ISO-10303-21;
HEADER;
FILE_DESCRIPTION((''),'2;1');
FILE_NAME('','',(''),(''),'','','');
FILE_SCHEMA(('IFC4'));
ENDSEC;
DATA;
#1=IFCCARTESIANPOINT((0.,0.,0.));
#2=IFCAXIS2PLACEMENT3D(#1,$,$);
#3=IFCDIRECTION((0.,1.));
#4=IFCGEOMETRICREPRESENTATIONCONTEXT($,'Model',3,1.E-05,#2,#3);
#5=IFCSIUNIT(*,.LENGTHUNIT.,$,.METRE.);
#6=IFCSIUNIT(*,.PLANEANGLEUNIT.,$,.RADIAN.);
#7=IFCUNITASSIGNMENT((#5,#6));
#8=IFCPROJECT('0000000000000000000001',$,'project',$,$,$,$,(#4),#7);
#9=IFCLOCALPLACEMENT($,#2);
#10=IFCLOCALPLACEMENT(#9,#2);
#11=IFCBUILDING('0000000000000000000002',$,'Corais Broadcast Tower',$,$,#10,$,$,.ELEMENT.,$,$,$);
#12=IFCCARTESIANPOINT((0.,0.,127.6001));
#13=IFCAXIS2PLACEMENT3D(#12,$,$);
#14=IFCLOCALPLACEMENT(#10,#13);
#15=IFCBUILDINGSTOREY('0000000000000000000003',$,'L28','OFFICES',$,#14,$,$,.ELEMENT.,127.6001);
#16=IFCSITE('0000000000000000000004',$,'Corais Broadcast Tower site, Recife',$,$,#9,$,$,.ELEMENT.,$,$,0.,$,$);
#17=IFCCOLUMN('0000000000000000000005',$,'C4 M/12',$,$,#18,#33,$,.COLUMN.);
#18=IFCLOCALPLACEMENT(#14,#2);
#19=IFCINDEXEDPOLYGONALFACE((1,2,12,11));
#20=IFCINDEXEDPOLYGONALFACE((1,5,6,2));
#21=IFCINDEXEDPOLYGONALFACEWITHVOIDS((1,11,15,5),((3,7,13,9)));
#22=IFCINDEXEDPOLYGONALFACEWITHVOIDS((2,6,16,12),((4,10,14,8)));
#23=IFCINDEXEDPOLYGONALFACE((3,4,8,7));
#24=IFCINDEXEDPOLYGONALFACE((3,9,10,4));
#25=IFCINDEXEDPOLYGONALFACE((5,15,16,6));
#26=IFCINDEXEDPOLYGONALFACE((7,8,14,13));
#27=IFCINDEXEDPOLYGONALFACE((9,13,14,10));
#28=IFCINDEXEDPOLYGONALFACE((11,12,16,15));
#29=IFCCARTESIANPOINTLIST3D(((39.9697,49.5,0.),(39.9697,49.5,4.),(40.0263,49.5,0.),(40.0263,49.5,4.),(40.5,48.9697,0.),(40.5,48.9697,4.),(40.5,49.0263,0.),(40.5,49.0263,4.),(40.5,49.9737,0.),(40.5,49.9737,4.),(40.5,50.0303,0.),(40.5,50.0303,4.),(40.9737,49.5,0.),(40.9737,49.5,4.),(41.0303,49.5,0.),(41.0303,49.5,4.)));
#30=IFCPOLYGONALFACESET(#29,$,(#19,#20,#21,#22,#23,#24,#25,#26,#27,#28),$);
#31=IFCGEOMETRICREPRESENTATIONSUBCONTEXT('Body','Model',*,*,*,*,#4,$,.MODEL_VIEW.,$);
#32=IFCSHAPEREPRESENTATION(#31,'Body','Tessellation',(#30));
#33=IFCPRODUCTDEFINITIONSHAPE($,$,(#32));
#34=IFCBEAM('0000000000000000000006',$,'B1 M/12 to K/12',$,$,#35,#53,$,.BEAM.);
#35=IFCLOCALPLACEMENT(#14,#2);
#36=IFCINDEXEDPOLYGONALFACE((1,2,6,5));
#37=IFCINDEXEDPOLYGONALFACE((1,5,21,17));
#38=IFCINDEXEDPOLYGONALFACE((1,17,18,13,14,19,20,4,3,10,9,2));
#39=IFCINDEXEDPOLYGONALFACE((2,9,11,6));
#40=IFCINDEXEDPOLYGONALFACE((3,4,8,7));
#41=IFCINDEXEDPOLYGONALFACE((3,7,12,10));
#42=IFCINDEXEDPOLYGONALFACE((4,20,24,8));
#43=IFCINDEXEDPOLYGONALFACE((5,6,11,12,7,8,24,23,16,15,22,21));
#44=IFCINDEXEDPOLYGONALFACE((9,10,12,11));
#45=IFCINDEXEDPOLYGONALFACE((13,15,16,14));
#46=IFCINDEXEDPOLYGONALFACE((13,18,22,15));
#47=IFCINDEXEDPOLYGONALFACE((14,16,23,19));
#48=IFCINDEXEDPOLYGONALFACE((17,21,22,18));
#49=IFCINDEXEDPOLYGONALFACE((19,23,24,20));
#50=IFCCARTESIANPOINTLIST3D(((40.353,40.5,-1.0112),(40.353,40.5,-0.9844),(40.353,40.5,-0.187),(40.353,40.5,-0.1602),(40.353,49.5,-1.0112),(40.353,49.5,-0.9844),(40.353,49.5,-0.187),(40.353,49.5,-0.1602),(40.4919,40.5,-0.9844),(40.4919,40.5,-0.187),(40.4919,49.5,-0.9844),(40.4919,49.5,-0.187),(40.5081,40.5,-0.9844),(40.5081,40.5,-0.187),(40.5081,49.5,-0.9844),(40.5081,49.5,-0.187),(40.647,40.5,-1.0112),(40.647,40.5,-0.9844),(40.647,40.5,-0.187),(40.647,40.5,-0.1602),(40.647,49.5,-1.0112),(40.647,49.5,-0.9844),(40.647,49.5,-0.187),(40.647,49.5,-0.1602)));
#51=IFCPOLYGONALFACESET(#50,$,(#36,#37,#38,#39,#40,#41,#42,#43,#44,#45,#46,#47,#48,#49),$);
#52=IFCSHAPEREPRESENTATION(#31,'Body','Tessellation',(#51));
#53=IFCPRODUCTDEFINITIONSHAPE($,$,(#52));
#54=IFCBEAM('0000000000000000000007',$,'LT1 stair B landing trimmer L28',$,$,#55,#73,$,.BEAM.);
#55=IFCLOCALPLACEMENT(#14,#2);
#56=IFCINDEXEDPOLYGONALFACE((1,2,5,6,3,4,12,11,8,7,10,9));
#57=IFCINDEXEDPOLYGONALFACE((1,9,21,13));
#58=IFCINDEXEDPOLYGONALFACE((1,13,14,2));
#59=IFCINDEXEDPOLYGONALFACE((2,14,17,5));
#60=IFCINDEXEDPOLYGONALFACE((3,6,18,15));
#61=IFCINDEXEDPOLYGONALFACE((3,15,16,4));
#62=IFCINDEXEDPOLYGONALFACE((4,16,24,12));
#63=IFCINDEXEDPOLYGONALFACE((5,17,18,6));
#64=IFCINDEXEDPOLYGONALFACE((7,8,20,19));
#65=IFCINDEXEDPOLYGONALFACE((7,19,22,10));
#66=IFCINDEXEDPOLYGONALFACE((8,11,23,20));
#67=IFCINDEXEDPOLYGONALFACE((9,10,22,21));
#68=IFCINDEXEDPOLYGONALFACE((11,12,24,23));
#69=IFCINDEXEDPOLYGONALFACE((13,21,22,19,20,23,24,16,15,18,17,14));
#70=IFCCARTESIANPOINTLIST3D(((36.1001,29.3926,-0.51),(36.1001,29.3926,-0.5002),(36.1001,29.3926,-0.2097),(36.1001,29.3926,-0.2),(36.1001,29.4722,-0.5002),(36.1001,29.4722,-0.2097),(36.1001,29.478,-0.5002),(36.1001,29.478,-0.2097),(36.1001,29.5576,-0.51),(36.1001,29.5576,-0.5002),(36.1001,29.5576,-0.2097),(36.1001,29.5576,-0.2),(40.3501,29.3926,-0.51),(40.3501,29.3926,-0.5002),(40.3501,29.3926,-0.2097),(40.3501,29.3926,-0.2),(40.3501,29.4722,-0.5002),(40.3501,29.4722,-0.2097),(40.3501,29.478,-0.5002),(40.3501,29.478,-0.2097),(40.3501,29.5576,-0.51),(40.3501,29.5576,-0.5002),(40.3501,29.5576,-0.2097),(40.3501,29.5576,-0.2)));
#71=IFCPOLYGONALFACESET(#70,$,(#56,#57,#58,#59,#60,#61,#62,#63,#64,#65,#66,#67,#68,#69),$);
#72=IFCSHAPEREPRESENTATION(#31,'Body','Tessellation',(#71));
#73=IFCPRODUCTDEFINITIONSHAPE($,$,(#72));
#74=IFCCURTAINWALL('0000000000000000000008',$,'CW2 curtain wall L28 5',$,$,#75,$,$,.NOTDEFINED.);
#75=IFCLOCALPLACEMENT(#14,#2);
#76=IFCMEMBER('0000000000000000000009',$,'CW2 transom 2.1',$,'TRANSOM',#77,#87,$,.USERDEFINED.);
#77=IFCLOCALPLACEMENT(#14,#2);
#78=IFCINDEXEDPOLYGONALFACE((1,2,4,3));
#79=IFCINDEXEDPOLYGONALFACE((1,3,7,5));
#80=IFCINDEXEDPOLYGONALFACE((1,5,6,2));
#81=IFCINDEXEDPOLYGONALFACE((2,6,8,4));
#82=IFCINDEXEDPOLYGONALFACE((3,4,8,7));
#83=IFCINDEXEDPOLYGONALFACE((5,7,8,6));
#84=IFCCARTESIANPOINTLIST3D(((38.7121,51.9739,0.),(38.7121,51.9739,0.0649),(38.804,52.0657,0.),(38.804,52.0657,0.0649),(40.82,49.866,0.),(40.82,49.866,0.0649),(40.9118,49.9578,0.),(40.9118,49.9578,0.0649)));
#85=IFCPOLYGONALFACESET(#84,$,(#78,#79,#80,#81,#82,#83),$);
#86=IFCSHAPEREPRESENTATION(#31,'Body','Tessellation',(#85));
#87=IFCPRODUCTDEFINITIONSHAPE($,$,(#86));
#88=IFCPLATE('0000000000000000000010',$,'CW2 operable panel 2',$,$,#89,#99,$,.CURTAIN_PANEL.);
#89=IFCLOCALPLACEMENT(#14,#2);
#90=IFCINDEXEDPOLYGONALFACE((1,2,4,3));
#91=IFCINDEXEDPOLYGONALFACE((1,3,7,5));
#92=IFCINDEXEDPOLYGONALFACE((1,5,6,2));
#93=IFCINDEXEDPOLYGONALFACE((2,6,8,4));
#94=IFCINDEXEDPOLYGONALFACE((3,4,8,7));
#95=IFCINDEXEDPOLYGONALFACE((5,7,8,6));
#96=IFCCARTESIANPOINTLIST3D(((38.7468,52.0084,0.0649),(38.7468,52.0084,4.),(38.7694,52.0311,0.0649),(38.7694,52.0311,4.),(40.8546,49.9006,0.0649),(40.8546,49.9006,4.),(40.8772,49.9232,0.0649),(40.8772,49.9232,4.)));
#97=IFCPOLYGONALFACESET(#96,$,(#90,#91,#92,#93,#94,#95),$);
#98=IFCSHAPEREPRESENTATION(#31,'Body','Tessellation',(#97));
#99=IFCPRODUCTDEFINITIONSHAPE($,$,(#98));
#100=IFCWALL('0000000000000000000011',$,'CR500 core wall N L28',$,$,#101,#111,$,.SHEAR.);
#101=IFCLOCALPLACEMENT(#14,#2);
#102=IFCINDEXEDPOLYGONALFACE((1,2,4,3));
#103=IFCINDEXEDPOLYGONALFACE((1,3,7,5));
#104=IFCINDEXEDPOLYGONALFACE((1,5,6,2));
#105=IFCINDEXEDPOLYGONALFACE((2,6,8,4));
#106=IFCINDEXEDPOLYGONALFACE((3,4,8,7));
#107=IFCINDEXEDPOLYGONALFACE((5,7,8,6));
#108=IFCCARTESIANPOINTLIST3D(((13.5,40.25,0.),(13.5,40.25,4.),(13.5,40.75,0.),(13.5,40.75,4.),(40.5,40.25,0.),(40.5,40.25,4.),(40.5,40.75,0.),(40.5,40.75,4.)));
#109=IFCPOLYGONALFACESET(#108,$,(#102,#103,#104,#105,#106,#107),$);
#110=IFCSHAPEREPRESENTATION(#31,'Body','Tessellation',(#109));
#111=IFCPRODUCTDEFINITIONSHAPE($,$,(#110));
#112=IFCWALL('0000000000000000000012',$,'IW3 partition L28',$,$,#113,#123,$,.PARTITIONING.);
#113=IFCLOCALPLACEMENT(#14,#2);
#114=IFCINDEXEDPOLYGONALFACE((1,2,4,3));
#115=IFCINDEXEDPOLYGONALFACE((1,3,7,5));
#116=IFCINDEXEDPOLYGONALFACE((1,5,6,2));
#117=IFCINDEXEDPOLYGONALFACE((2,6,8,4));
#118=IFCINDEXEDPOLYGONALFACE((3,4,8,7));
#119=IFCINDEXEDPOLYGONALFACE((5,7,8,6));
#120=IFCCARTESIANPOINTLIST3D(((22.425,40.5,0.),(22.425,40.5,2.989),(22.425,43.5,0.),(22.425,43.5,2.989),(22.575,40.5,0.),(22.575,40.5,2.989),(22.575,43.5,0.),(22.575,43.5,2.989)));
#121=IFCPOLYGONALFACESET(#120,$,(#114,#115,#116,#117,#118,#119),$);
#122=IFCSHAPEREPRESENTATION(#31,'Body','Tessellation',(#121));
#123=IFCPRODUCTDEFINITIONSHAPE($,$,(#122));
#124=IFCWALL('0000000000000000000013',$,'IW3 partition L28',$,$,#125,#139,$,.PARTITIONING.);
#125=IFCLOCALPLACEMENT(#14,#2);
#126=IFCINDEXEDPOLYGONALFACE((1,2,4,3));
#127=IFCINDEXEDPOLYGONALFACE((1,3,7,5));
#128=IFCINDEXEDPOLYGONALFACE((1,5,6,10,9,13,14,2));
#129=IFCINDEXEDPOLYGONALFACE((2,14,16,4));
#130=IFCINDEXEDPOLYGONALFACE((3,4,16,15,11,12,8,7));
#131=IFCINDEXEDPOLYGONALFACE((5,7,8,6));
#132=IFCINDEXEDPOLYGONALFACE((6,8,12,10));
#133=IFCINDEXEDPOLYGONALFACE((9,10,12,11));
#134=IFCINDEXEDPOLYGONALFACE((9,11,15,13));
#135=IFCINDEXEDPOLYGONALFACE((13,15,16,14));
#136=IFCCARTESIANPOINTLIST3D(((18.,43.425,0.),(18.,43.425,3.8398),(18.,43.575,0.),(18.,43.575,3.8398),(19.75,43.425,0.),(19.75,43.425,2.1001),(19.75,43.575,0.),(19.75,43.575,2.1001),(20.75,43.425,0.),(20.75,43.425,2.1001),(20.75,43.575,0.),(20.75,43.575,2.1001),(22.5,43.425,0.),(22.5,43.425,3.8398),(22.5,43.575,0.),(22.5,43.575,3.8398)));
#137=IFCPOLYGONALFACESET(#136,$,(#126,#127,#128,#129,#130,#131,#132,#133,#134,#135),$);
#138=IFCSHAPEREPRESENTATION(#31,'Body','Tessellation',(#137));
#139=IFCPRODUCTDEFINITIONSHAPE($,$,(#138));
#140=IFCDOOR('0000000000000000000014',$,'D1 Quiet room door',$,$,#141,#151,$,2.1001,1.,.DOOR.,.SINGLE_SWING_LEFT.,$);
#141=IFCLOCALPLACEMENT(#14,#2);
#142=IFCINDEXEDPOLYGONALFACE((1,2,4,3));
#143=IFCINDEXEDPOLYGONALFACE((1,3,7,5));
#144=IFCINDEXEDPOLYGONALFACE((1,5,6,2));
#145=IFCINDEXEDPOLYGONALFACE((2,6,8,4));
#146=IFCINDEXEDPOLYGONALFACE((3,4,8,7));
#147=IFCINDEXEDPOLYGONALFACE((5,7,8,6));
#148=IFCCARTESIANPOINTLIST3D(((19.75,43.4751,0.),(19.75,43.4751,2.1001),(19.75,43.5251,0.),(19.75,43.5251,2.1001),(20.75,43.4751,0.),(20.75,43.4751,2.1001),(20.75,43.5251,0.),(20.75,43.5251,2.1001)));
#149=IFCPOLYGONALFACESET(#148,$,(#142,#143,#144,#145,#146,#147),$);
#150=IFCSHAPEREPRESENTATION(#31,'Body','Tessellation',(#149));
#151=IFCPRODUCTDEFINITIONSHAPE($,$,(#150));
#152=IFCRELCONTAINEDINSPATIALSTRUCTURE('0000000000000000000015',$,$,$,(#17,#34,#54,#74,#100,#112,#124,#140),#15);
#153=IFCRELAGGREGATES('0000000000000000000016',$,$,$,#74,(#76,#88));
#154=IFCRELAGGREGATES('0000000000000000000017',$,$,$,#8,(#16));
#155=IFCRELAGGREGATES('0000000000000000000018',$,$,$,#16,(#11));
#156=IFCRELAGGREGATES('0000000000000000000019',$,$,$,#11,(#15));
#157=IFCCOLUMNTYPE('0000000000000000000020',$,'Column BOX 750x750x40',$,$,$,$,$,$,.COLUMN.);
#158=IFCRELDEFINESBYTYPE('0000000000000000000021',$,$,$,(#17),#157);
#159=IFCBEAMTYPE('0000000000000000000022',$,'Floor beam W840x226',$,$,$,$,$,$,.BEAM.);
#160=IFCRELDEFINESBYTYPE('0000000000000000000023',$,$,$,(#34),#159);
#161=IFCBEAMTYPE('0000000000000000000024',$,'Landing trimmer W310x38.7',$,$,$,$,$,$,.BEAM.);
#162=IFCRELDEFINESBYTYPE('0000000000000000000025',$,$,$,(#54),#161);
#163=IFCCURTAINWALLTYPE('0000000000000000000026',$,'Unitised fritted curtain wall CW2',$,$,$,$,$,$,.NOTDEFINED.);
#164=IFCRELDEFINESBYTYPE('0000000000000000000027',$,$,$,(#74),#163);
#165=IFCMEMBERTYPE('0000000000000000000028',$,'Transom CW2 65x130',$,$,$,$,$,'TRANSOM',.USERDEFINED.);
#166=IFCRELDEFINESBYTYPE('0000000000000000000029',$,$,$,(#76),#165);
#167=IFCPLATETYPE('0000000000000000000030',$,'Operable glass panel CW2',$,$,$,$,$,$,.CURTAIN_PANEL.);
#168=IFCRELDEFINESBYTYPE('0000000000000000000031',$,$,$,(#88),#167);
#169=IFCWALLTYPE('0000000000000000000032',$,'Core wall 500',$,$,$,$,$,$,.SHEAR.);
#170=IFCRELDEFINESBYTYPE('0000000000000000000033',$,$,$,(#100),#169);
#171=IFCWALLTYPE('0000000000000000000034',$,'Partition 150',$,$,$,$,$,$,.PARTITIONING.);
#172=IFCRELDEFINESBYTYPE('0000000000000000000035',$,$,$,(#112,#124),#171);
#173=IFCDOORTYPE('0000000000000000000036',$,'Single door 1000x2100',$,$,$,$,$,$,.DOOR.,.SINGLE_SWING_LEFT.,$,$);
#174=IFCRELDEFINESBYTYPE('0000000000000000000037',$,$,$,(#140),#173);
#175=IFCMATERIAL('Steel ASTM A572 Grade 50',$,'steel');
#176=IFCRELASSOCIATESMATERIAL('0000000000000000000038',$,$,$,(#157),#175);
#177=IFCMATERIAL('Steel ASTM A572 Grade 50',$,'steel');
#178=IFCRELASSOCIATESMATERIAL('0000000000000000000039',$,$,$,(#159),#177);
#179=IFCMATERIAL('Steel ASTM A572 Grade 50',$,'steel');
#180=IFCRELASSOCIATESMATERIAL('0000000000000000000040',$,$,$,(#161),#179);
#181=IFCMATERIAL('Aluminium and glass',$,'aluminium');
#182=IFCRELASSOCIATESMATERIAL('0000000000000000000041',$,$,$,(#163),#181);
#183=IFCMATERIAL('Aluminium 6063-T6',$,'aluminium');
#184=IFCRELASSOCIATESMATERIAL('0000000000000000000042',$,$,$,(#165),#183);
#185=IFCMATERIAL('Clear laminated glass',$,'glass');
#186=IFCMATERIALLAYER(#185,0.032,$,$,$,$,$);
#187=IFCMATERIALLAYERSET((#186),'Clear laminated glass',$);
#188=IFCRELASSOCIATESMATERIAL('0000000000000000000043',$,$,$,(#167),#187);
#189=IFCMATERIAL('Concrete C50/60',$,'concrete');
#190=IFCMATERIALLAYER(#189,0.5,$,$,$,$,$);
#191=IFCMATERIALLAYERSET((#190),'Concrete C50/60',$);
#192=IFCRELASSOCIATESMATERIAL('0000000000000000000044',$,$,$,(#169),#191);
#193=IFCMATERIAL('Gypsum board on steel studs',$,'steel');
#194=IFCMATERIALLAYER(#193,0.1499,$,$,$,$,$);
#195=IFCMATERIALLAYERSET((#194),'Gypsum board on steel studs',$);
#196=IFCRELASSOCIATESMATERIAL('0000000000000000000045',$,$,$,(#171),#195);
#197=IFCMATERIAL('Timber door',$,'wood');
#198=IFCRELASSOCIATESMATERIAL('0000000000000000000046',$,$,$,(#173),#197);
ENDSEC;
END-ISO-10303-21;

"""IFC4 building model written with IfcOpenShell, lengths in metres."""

from ifc_helpers import new_model, si_unit, direction, frame, frame_2d, origin, origin_2d, place, context, subcontext, project, spatial, rectangle, hollow_rectangle, i_section, extrude, material, layer, layer_set, material_profile, profile_set, type_object, element, fill, aggregate, save


model = new_model("IFC4")

# Units and contexts
model_context = context("Model", 3, precision=1e-05, world=origin(), true_north=direction((0.0, 1.0)))
body_context = subcontext(model_context, "Body", "Model", "MODEL_VIEW")
ifc_project = project(units=[si_unit("LENGTHUNIT", "METRE"), si_unit("PLANEANGLEUNIT", "RADIAN")], contexts=[model_context])

# Site, building, storey
site_placement = place(None, origin())
site = spatial("IfcSite", under=ifc_project, at=site_placement, Name="Corais Broadcast Tower site, Recife", CompositionType="ELEMENT", RefElevation=0.0)
building_placement = place(site_placement, origin())
building = spatial("IfcBuilding", under=site, at=building_placement, Name="Corais Broadcast Tower", CompositionType="ELEMENT")
storey_placement = place(building_placement, frame((0.0, 0.0, 127.6001)))
storey = spatial("IfcBuildingStorey", under=building, at=storey_placement, Name="L28", Description="OFFICES", CompositionType="ELEMENT", Elevation=127.6001)

# Column
ifc_material_1 = material(Name="Steel ASTM A572 Grade 50", Category="steel")
ifc_material_profile_1 = material_profile(ifc_material_1, hollow_rectangle(XDim=0.75, YDim=0.75, WallThickness=0.04, at=origin_2d()), Name="BOX 750x750x40")
ifc_profile_set_1 = profile_set([ifc_material_profile_1], Name="Steel ASTM A572 Grade 50")
column_type = type_object("IfcColumnType", Name="Column BOX 750x750x40", PredefinedType="COLUMN", material=ifc_profile_set_1)
column_placement = place(storey_placement, frame((40.5, 49.5, 0.0), z_axis=(0.0, 0.0, 1.0), x_axis=(0.707107, 0.707107, 0.0)))
element("IfcColumn", 1, at=column_placement, inside=storey, type_object=column_type, Name="C4 M/12", PredefinedType="COLUMN", context=body_context, shape_type="SweptSolid", body=[
    extrude(hollow_rectangle(XDim=0.75, YDim=0.75, WallThickness=0.04, at=origin_2d()), origin(), (0.0, 0.0, 1.0), 4.0),
])

# Beams
ifc_material_2 = material(Name="Steel ASTM A572 Grade 50", Category="steel")
ifc_material_profile_2 = material_profile(ifc_material_2, i_section(OverallWidth=0.2939, OverallDepth=0.8511, WebThickness=0.0161, FlangeThickness=0.0269, at=origin_2d()), Name="W840x226")
ifc_profile_set_2 = profile_set([ifc_material_profile_2], Name="Steel ASTM A572 Grade 50")
beam_type_1 = type_object("IfcBeamType", Name="Floor beam W840x226", PredefinedType="BEAM", material=ifc_profile_set_2)
beam_1_placement = place(storey_placement, frame((40.5, 49.5, -0.5857), z_axis=(0.0, -1.0, 0.0), x_axis=(1.0, 0.0, 0.0)))
element("IfcBeam", 2, at=beam_1_placement, inside=storey, type_object=beam_type_1, Name="B1 M/12 to K/12", PredefinedType="BEAM", context=body_context, shape_type="SweptSolid", body=[
    extrude(i_section(OverallWidth=0.2939, OverallDepth=0.8511, WebThickness=0.0161, FlangeThickness=0.0269, at=origin_2d()), origin(), (0.0, 0.0, 1.0), 9.0),
])
ifc_material_3 = material(Name="Steel ASTM A572 Grade 50", Category="steel")
ifc_material_profile_3 = material_profile(ifc_material_3, i_section(OverallWidth=0.165, OverallDepth=0.3101, WebThickness=0.0059, FlangeThickness=0.0098, at=origin_2d()), Name="W310x38.7")
ifc_profile_set_3 = profile_set([ifc_material_profile_3], Name="Steel ASTM A572 Grade 50")
beam_type_2 = type_object("IfcBeamType", Name="Landing trimmer W310x38.7", PredefinedType="BEAM", material=ifc_profile_set_3)
beam_2_placement = place(storey_placement, frame((36.1001, 29.4751, -0.355), z_axis=(1.0, 0.0, 0.0), x_axis=(0.0, 1.0, 0.0)))
element("IfcBeam", 3, at=beam_2_placement, inside=storey, type_object=beam_type_2, Name="LT1 stair B landing trimmer L28", PredefinedType="BEAM", context=body_context, shape_type="SweptSolid", body=[
    extrude(i_section(OverallWidth=0.165, OverallDepth=0.3101, WebThickness=0.0059, FlangeThickness=0.0098, at=origin_2d()), origin(), (0.0, 0.0, 1.0), 4.25),
])

# Curtain wall, member, plate
ifc_material_4 = material(Name="Aluminium and glass", Category="aluminium")
curtain_wall_type = type_object("IfcCurtainWallType", Name="Unitised fritted curtain wall CW2", PredefinedType="NOTDEFINED", material=ifc_material_4)
curtain_wall_placement = place(storey_placement, origin())
curtain_wall = element("IfcCurtainWall", 4, at=curtain_wall_placement, inside=storey, type_object=curtain_wall_type, Name="CW2 curtain wall L28 5", PredefinedType="NOTDEFINED")
ifc_material_5 = material(Name="Aluminium 6063-T6", Category="aluminium")
ifc_material_profile_4 = material_profile(ifc_material_5, rectangle(XDim=0.1299, YDim=0.0649, at=origin_2d()), Name="Transom CW2 65x130")
ifc_profile_set_4 = profile_set([ifc_material_profile_4], Name="Aluminium 6063-T6")
member_type = type_object("IfcMemberType", Name="Transom CW2 65x130", ElementType="TRANSOM", PredefinedType="USERDEFINED", material=ifc_profile_set_4)
member_placement = place(storey_placement, frame((38.7581, 52.0198, 0.0325), z_axis=(0.707107, -0.707107, 0.0), x_axis=(0.707107, 0.707107, 0.0)))
member = element("IfcMember", 5, at=member_placement, type_object=member_type, Name="CW2 transom 2.1", ObjectType="TRANSOM", PredefinedType="USERDEFINED", context=body_context, shape_type="SweptSolid", body=[
    extrude(rectangle(XDim=0.1299, YDim=0.0649, at=origin_2d()), origin(), (0.0, 0.0, 1.0), 2.981),
])
ifc_material_6 = material(Name="Clear laminated glass", Category="glass")
ifc_layer_1 = layer(ifc_material_6, 0.032)
ifc_layer_set_1 = layer_set([ifc_layer_1], Name="Clear laminated glass")
plate_type = type_object("IfcPlateType", Name="Operable glass panel CW2", PredefinedType="CURTAIN_PANEL", material=ifc_layer_set_1)
plate_placement = place(storey_placement, frame((39.812, 50.9658, 0.0649), z_axis=(0.0, 0.0, 1.0), x_axis=(0.707107, -0.707107, 0.0)))
plate = element("IfcPlate", 6, at=plate_placement, type_object=plate_type, Name="CW2 operable panel 2", PredefinedType="CURTAIN_PANEL", context=body_context, shape_type="SweptSolid", body=[
    extrude(rectangle(XDim=2.981, YDim=0.032, at=origin_2d()), origin(), (0.0, 0.0, 1.0), 3.9351),
])
aggregate(curtain_wall, [member, plate])

# Walls
ifc_material_7 = material(Name="Concrete C50/60", Category="concrete")
ifc_layer_2 = layer(ifc_material_7, 0.5)
ifc_layer_set_2 = layer_set([ifc_layer_2], Name="Concrete C50/60")
wall_type_1 = type_object("IfcWallType", Name="Core wall 500", PredefinedType="SHEAR", material=ifc_layer_set_2)
wall_1_placement = place(storey_placement, frame((40.5, 40.5, 0.0), z_axis=(0.0, 0.0, 1.0), x_axis=(-1.0, 0.0, 0.0)))
element("IfcWall", 7, at=wall_1_placement, inside=storey, type_object=wall_type_1, Name="CR500 core wall N L28", PredefinedType="SHEAR", context=body_context, shape_type="SweptSolid", body=[
    extrude(rectangle(XDim=27.0, YDim=0.5, at=frame_2d((13.5, 0.0))), origin(), (0.0, 0.0, 1.0), 4.0),
])
ifc_material_8 = material(Name="Gypsum board on steel studs", Category="steel")
ifc_layer_3 = layer(ifc_material_8, 0.1499)
ifc_layer_set_3 = layer_set([ifc_layer_3], Name="Gypsum board on steel studs")
wall_type_2 = type_object("IfcWallType", Name="Partition 150", PredefinedType="PARTITIONING", material=ifc_layer_set_3)
wall_2_placement = place(storey_placement, frame((22.5, 40.5, 0.0), z_axis=(0.0, 0.0, 1.0), x_axis=(0.0, 1.0, 0.0)))
element("IfcWall", 8, at=wall_2_placement, inside=storey, type_object=wall_type_2, Name="IW3 partition L28", PredefinedType="PARTITIONING", context=body_context, shape_type="SweptSolid", body=[
    extrude(rectangle(XDim=3.0, YDim=0.1499, at=frame_2d((1.5, 0.0))), origin(), (0.0, 0.0, 1.0), 2.989),
])

# Wall, opening, door
wall_3_placement = place(storey_placement, frame((22.5, 43.5, 0.0), z_axis=(0.0, 0.0, 1.0), x_axis=(-1.0, 0.0, 0.0)))
wall_3 = element("IfcWall", 9, at=wall_3_placement, inside=storey, type_object=wall_type_2, Name="IW3 partition L28", PredefinedType="PARTITIONING", context=body_context, shape_type="SweptSolid", body=[
    extrude(rectangle(XDim=4.5, YDim=0.1499, at=frame_2d((2.25, 0.0))), origin(), (0.0, 0.0, 1.0), 3.8398),
])
opening_1_placement = place(wall_3_placement, frame((1.75, 0.0, 0.0)))
opening_1 = element("IfcOpeningElement", 10, at=opening_1_placement, cuts=wall_3, PredefinedType="OPENING", context=body_context, shape_type="SweptSolid", body=[
    extrude(rectangle(XDim=1.0, YDim=2.1001, at=frame_2d((0.5, 1.05))), frame((0.0, 0.085, 0.0), z_axis=(0.0, -1.0, 0.0), x_axis=(1.0, 0.0, 0.0)), (0.0, 0.0, 1.0), 0.1699),
])
ifc_material_9 = material(Name="Timber door", Category="wood")
door_type = type_object("IfcDoorType", Name="Single door 1000x2100", OperationType="SINGLE_SWING_LEFT", PredefinedType="DOOR", material=ifc_material_9)
door_1_placement = place(opening_1_placement, origin())
door_1 = element("IfcDoor", 11, at=door_1_placement, inside=storey, type_object=door_type, Name="D1 Quiet room door", OperationType="SINGLE_SWING_LEFT", OverallHeight=2.1001, OverallWidth=1.0, PredefinedType="DOOR", context=body_context, shape_type="SweptSolid", body=[
    extrude(rectangle(XDim=1.0, YDim=2.1001, at=frame_2d((0.5, 1.05))), frame((0.0, 0.0249, 0.0), z_axis=(0.0, -1.0, 0.0), x_axis=(1.0, 0.0, 0.0)), (0.0, 0.0, 1.0), 0.05),
])
fill(opening_1, door_1)

save(model, "model.ifc")
